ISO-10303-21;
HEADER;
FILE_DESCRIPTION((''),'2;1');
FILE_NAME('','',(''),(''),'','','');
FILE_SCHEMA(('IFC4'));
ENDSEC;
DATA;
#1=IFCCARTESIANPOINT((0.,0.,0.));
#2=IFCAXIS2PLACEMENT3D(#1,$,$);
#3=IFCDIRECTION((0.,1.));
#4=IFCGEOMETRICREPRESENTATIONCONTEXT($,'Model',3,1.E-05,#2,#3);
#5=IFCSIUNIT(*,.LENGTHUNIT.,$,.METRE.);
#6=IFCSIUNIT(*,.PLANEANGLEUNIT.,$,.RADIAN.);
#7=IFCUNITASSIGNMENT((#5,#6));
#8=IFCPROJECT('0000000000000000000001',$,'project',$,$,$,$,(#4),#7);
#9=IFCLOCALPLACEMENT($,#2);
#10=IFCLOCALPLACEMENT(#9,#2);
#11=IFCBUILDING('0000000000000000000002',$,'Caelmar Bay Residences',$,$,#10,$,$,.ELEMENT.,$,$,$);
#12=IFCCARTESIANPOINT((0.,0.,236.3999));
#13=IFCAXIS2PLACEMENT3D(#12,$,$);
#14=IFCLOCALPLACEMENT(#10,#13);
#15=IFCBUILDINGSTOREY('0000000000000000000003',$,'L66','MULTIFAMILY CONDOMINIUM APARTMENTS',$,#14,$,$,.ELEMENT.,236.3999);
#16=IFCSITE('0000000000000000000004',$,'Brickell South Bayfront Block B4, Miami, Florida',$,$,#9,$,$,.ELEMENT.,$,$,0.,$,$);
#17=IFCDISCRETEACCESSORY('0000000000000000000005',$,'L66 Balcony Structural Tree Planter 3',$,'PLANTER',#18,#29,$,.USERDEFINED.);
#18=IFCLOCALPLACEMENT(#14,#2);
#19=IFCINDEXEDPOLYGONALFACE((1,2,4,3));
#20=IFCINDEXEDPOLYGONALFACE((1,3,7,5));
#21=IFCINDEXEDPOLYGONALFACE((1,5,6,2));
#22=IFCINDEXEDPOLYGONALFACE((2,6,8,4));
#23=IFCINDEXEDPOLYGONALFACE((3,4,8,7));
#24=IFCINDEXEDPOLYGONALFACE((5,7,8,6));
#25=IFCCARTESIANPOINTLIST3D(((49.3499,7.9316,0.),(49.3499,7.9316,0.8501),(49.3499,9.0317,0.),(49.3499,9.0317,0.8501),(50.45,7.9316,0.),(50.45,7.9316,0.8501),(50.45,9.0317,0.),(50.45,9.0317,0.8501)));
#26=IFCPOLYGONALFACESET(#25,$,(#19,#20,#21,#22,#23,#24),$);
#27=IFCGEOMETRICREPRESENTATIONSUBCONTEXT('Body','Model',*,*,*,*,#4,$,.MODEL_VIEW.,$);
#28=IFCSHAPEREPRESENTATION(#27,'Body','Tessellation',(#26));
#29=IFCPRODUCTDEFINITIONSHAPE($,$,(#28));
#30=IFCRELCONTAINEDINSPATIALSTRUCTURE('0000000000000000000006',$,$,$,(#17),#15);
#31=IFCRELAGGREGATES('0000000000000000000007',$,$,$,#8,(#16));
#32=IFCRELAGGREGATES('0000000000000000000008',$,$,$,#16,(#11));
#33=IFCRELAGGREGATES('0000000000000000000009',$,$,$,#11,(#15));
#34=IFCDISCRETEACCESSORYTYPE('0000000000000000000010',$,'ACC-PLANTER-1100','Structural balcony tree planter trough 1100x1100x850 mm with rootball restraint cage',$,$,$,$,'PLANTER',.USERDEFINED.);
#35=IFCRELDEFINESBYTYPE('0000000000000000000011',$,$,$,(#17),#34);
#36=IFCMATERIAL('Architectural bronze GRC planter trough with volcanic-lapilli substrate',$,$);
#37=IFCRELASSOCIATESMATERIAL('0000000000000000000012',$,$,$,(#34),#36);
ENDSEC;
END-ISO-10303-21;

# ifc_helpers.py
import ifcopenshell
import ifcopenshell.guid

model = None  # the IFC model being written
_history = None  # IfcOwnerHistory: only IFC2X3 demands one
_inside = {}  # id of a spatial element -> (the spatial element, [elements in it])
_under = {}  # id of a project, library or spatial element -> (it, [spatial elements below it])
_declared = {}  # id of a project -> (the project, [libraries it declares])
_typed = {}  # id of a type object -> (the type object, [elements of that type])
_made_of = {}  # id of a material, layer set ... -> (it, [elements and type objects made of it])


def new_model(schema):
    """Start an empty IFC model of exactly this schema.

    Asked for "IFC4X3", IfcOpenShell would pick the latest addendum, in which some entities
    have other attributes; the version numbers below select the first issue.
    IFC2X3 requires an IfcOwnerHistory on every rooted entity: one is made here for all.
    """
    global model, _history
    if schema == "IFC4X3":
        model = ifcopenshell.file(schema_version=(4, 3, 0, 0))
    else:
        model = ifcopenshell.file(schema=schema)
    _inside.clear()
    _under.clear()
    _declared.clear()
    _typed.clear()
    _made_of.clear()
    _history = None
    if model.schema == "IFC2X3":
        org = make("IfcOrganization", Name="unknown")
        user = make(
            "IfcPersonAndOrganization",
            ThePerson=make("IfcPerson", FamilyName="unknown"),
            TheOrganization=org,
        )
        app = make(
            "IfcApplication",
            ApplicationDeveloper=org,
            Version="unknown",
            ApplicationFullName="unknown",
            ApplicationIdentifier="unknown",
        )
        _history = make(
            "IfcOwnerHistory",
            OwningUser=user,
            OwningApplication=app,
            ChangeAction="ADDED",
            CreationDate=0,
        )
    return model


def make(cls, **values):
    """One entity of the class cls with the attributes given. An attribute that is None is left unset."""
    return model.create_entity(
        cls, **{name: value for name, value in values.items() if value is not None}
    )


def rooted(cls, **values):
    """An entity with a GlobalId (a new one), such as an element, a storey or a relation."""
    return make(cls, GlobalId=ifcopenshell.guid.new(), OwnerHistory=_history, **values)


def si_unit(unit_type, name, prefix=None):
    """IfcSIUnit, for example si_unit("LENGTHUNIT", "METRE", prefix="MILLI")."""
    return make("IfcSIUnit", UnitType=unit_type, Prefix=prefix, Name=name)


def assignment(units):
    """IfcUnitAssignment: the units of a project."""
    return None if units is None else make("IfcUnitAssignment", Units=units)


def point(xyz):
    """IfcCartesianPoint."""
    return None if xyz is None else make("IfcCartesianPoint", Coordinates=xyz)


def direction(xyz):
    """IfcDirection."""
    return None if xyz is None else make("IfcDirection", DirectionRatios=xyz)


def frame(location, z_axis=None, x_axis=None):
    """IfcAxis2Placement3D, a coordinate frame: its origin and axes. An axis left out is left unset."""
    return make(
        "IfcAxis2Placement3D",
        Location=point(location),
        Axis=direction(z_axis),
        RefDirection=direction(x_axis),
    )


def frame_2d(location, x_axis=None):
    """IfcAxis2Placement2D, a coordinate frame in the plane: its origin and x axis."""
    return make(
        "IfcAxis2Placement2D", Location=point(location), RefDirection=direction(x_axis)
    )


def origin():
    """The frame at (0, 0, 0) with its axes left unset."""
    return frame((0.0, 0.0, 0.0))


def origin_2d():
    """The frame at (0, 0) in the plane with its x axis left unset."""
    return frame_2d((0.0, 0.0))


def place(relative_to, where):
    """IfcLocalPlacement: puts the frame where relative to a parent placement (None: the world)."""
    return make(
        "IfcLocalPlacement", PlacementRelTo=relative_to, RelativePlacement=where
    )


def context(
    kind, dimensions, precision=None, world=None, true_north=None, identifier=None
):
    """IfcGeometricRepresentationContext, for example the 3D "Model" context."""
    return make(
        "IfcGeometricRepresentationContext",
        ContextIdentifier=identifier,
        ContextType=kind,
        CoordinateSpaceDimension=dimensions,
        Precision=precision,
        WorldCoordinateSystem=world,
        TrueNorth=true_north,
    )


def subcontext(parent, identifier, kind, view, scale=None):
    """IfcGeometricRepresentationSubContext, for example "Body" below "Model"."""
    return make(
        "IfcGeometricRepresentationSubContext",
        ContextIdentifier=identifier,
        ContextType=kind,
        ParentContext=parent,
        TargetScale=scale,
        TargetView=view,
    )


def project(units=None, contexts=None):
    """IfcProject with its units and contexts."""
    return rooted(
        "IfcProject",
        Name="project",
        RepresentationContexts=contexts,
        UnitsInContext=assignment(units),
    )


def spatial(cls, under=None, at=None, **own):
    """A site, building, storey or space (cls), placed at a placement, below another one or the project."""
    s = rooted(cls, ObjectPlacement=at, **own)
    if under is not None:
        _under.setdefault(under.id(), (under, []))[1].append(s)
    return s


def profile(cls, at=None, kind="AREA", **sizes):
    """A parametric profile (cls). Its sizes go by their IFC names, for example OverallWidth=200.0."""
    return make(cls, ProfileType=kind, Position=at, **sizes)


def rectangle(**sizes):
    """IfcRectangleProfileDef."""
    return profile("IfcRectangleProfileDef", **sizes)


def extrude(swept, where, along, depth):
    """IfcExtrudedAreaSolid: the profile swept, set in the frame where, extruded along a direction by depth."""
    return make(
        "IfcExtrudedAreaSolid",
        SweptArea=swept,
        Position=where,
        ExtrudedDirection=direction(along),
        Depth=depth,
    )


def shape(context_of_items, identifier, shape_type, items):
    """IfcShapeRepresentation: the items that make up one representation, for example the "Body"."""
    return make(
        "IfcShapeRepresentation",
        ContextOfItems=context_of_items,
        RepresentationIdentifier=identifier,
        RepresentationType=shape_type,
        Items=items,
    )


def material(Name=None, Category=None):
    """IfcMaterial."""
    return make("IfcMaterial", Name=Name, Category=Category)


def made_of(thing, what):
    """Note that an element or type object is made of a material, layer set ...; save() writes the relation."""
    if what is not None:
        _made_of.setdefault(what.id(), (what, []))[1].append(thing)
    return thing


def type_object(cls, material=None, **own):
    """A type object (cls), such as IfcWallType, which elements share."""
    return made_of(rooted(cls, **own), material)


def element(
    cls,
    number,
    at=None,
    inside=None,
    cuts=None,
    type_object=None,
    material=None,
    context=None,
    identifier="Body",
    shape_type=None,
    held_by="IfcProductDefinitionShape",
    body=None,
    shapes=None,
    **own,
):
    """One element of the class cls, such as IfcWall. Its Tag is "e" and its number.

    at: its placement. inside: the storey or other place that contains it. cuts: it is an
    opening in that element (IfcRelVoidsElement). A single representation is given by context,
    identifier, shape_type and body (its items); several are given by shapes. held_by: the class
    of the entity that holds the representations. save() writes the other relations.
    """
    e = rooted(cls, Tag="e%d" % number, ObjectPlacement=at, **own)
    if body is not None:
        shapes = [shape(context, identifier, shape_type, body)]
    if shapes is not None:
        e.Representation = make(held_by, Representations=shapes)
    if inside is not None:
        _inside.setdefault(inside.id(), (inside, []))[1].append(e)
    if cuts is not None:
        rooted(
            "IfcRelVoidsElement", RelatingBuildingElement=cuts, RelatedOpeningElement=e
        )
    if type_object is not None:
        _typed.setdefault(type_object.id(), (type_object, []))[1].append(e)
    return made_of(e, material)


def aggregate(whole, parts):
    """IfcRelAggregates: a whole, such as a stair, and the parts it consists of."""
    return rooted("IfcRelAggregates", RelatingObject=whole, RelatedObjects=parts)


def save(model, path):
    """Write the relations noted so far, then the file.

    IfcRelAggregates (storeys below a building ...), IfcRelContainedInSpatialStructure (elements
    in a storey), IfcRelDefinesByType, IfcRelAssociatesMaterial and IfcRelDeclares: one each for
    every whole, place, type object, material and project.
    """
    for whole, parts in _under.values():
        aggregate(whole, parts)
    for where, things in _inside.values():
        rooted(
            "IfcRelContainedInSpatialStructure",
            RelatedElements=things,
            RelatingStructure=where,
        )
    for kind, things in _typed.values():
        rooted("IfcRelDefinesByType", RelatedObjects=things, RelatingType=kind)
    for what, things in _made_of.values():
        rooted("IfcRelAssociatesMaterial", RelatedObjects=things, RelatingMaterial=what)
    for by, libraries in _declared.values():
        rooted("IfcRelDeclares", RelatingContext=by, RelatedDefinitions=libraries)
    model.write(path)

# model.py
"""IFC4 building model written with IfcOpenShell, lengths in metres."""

from ifc_helpers import new_model, si_unit, direction, frame, origin, origin_2d, place, context, subcontext, project, spatial, rectangle, extrude, material, type_object, element, save


model = new_model("IFC4")

# Units and contexts
model_context = context("Model", 3, precision=1e-05, world=origin(), true_north=direction((0.0, 1.0)))
body_context = subcontext(model_context, "Body", "Model", "MODEL_VIEW")
ifc_project = project(units=[si_unit("LENGTHUNIT", "METRE"), si_unit("PLANEANGLEUNIT", "RADIAN")], contexts=[model_context])

# Site, building, storey
site_placement = place(None, origin())
site = spatial("IfcSite", under=ifc_project, at=site_placement, Name="Brickell South Bayfront Block B4, Miami, Florida", CompositionType="ELEMENT", RefElevation=0.0)
building_placement = place(site_placement, origin())
building = spatial("IfcBuilding", under=site, at=building_placement, Name="Caelmar Bay Residences", CompositionType="ELEMENT")
storey_placement = place(building_placement, frame((0.0, 0.0, 236.3999)))
storey = spatial("IfcBuildingStorey", under=building, at=storey_placement, Name="L66", Description="MULTIFAMILY CONDOMINIUM APARTMENTS", CompositionType="ELEMENT", Elevation=236.3999)

# Discrete accessory
ifc_material_1 = material(Name="Architectural bronze GRC planter trough with volcanic-lapilli substrate")
discrete_accessory_type = type_object("IfcDiscreteAccessoryType", Name="ACC-PLANTER-1100", Description="Structural balcony tree planter trough 1100x1100x850 mm with rootball restraint cage", ElementType="PLANTER", PredefinedType="USERDEFINED", material=ifc_material_1)
discrete_accessory_placement = place(storey_placement, frame((49.8999, 8.4817, 0.0), z_axis=(0.0, 0.0, 1.0), x_axis=(1.0, 0.0, 0.0)))
element("IfcDiscreteAccessory", 1, at=discrete_accessory_placement, inside=storey, type_object=discrete_accessory_type, Name="L66 Balcony Structural Tree Planter 3", ObjectType="PLANTER", PredefinedType="USERDEFINED", context=body_context, shape_type="SweptSolid", body=[
    extrude(rectangle(XDim=1.1001, YDim=1.1001, at=origin_2d()), origin(), (0.0, 0.0, 1.0), 0.8501),
])

save(model, "model.ifc")
